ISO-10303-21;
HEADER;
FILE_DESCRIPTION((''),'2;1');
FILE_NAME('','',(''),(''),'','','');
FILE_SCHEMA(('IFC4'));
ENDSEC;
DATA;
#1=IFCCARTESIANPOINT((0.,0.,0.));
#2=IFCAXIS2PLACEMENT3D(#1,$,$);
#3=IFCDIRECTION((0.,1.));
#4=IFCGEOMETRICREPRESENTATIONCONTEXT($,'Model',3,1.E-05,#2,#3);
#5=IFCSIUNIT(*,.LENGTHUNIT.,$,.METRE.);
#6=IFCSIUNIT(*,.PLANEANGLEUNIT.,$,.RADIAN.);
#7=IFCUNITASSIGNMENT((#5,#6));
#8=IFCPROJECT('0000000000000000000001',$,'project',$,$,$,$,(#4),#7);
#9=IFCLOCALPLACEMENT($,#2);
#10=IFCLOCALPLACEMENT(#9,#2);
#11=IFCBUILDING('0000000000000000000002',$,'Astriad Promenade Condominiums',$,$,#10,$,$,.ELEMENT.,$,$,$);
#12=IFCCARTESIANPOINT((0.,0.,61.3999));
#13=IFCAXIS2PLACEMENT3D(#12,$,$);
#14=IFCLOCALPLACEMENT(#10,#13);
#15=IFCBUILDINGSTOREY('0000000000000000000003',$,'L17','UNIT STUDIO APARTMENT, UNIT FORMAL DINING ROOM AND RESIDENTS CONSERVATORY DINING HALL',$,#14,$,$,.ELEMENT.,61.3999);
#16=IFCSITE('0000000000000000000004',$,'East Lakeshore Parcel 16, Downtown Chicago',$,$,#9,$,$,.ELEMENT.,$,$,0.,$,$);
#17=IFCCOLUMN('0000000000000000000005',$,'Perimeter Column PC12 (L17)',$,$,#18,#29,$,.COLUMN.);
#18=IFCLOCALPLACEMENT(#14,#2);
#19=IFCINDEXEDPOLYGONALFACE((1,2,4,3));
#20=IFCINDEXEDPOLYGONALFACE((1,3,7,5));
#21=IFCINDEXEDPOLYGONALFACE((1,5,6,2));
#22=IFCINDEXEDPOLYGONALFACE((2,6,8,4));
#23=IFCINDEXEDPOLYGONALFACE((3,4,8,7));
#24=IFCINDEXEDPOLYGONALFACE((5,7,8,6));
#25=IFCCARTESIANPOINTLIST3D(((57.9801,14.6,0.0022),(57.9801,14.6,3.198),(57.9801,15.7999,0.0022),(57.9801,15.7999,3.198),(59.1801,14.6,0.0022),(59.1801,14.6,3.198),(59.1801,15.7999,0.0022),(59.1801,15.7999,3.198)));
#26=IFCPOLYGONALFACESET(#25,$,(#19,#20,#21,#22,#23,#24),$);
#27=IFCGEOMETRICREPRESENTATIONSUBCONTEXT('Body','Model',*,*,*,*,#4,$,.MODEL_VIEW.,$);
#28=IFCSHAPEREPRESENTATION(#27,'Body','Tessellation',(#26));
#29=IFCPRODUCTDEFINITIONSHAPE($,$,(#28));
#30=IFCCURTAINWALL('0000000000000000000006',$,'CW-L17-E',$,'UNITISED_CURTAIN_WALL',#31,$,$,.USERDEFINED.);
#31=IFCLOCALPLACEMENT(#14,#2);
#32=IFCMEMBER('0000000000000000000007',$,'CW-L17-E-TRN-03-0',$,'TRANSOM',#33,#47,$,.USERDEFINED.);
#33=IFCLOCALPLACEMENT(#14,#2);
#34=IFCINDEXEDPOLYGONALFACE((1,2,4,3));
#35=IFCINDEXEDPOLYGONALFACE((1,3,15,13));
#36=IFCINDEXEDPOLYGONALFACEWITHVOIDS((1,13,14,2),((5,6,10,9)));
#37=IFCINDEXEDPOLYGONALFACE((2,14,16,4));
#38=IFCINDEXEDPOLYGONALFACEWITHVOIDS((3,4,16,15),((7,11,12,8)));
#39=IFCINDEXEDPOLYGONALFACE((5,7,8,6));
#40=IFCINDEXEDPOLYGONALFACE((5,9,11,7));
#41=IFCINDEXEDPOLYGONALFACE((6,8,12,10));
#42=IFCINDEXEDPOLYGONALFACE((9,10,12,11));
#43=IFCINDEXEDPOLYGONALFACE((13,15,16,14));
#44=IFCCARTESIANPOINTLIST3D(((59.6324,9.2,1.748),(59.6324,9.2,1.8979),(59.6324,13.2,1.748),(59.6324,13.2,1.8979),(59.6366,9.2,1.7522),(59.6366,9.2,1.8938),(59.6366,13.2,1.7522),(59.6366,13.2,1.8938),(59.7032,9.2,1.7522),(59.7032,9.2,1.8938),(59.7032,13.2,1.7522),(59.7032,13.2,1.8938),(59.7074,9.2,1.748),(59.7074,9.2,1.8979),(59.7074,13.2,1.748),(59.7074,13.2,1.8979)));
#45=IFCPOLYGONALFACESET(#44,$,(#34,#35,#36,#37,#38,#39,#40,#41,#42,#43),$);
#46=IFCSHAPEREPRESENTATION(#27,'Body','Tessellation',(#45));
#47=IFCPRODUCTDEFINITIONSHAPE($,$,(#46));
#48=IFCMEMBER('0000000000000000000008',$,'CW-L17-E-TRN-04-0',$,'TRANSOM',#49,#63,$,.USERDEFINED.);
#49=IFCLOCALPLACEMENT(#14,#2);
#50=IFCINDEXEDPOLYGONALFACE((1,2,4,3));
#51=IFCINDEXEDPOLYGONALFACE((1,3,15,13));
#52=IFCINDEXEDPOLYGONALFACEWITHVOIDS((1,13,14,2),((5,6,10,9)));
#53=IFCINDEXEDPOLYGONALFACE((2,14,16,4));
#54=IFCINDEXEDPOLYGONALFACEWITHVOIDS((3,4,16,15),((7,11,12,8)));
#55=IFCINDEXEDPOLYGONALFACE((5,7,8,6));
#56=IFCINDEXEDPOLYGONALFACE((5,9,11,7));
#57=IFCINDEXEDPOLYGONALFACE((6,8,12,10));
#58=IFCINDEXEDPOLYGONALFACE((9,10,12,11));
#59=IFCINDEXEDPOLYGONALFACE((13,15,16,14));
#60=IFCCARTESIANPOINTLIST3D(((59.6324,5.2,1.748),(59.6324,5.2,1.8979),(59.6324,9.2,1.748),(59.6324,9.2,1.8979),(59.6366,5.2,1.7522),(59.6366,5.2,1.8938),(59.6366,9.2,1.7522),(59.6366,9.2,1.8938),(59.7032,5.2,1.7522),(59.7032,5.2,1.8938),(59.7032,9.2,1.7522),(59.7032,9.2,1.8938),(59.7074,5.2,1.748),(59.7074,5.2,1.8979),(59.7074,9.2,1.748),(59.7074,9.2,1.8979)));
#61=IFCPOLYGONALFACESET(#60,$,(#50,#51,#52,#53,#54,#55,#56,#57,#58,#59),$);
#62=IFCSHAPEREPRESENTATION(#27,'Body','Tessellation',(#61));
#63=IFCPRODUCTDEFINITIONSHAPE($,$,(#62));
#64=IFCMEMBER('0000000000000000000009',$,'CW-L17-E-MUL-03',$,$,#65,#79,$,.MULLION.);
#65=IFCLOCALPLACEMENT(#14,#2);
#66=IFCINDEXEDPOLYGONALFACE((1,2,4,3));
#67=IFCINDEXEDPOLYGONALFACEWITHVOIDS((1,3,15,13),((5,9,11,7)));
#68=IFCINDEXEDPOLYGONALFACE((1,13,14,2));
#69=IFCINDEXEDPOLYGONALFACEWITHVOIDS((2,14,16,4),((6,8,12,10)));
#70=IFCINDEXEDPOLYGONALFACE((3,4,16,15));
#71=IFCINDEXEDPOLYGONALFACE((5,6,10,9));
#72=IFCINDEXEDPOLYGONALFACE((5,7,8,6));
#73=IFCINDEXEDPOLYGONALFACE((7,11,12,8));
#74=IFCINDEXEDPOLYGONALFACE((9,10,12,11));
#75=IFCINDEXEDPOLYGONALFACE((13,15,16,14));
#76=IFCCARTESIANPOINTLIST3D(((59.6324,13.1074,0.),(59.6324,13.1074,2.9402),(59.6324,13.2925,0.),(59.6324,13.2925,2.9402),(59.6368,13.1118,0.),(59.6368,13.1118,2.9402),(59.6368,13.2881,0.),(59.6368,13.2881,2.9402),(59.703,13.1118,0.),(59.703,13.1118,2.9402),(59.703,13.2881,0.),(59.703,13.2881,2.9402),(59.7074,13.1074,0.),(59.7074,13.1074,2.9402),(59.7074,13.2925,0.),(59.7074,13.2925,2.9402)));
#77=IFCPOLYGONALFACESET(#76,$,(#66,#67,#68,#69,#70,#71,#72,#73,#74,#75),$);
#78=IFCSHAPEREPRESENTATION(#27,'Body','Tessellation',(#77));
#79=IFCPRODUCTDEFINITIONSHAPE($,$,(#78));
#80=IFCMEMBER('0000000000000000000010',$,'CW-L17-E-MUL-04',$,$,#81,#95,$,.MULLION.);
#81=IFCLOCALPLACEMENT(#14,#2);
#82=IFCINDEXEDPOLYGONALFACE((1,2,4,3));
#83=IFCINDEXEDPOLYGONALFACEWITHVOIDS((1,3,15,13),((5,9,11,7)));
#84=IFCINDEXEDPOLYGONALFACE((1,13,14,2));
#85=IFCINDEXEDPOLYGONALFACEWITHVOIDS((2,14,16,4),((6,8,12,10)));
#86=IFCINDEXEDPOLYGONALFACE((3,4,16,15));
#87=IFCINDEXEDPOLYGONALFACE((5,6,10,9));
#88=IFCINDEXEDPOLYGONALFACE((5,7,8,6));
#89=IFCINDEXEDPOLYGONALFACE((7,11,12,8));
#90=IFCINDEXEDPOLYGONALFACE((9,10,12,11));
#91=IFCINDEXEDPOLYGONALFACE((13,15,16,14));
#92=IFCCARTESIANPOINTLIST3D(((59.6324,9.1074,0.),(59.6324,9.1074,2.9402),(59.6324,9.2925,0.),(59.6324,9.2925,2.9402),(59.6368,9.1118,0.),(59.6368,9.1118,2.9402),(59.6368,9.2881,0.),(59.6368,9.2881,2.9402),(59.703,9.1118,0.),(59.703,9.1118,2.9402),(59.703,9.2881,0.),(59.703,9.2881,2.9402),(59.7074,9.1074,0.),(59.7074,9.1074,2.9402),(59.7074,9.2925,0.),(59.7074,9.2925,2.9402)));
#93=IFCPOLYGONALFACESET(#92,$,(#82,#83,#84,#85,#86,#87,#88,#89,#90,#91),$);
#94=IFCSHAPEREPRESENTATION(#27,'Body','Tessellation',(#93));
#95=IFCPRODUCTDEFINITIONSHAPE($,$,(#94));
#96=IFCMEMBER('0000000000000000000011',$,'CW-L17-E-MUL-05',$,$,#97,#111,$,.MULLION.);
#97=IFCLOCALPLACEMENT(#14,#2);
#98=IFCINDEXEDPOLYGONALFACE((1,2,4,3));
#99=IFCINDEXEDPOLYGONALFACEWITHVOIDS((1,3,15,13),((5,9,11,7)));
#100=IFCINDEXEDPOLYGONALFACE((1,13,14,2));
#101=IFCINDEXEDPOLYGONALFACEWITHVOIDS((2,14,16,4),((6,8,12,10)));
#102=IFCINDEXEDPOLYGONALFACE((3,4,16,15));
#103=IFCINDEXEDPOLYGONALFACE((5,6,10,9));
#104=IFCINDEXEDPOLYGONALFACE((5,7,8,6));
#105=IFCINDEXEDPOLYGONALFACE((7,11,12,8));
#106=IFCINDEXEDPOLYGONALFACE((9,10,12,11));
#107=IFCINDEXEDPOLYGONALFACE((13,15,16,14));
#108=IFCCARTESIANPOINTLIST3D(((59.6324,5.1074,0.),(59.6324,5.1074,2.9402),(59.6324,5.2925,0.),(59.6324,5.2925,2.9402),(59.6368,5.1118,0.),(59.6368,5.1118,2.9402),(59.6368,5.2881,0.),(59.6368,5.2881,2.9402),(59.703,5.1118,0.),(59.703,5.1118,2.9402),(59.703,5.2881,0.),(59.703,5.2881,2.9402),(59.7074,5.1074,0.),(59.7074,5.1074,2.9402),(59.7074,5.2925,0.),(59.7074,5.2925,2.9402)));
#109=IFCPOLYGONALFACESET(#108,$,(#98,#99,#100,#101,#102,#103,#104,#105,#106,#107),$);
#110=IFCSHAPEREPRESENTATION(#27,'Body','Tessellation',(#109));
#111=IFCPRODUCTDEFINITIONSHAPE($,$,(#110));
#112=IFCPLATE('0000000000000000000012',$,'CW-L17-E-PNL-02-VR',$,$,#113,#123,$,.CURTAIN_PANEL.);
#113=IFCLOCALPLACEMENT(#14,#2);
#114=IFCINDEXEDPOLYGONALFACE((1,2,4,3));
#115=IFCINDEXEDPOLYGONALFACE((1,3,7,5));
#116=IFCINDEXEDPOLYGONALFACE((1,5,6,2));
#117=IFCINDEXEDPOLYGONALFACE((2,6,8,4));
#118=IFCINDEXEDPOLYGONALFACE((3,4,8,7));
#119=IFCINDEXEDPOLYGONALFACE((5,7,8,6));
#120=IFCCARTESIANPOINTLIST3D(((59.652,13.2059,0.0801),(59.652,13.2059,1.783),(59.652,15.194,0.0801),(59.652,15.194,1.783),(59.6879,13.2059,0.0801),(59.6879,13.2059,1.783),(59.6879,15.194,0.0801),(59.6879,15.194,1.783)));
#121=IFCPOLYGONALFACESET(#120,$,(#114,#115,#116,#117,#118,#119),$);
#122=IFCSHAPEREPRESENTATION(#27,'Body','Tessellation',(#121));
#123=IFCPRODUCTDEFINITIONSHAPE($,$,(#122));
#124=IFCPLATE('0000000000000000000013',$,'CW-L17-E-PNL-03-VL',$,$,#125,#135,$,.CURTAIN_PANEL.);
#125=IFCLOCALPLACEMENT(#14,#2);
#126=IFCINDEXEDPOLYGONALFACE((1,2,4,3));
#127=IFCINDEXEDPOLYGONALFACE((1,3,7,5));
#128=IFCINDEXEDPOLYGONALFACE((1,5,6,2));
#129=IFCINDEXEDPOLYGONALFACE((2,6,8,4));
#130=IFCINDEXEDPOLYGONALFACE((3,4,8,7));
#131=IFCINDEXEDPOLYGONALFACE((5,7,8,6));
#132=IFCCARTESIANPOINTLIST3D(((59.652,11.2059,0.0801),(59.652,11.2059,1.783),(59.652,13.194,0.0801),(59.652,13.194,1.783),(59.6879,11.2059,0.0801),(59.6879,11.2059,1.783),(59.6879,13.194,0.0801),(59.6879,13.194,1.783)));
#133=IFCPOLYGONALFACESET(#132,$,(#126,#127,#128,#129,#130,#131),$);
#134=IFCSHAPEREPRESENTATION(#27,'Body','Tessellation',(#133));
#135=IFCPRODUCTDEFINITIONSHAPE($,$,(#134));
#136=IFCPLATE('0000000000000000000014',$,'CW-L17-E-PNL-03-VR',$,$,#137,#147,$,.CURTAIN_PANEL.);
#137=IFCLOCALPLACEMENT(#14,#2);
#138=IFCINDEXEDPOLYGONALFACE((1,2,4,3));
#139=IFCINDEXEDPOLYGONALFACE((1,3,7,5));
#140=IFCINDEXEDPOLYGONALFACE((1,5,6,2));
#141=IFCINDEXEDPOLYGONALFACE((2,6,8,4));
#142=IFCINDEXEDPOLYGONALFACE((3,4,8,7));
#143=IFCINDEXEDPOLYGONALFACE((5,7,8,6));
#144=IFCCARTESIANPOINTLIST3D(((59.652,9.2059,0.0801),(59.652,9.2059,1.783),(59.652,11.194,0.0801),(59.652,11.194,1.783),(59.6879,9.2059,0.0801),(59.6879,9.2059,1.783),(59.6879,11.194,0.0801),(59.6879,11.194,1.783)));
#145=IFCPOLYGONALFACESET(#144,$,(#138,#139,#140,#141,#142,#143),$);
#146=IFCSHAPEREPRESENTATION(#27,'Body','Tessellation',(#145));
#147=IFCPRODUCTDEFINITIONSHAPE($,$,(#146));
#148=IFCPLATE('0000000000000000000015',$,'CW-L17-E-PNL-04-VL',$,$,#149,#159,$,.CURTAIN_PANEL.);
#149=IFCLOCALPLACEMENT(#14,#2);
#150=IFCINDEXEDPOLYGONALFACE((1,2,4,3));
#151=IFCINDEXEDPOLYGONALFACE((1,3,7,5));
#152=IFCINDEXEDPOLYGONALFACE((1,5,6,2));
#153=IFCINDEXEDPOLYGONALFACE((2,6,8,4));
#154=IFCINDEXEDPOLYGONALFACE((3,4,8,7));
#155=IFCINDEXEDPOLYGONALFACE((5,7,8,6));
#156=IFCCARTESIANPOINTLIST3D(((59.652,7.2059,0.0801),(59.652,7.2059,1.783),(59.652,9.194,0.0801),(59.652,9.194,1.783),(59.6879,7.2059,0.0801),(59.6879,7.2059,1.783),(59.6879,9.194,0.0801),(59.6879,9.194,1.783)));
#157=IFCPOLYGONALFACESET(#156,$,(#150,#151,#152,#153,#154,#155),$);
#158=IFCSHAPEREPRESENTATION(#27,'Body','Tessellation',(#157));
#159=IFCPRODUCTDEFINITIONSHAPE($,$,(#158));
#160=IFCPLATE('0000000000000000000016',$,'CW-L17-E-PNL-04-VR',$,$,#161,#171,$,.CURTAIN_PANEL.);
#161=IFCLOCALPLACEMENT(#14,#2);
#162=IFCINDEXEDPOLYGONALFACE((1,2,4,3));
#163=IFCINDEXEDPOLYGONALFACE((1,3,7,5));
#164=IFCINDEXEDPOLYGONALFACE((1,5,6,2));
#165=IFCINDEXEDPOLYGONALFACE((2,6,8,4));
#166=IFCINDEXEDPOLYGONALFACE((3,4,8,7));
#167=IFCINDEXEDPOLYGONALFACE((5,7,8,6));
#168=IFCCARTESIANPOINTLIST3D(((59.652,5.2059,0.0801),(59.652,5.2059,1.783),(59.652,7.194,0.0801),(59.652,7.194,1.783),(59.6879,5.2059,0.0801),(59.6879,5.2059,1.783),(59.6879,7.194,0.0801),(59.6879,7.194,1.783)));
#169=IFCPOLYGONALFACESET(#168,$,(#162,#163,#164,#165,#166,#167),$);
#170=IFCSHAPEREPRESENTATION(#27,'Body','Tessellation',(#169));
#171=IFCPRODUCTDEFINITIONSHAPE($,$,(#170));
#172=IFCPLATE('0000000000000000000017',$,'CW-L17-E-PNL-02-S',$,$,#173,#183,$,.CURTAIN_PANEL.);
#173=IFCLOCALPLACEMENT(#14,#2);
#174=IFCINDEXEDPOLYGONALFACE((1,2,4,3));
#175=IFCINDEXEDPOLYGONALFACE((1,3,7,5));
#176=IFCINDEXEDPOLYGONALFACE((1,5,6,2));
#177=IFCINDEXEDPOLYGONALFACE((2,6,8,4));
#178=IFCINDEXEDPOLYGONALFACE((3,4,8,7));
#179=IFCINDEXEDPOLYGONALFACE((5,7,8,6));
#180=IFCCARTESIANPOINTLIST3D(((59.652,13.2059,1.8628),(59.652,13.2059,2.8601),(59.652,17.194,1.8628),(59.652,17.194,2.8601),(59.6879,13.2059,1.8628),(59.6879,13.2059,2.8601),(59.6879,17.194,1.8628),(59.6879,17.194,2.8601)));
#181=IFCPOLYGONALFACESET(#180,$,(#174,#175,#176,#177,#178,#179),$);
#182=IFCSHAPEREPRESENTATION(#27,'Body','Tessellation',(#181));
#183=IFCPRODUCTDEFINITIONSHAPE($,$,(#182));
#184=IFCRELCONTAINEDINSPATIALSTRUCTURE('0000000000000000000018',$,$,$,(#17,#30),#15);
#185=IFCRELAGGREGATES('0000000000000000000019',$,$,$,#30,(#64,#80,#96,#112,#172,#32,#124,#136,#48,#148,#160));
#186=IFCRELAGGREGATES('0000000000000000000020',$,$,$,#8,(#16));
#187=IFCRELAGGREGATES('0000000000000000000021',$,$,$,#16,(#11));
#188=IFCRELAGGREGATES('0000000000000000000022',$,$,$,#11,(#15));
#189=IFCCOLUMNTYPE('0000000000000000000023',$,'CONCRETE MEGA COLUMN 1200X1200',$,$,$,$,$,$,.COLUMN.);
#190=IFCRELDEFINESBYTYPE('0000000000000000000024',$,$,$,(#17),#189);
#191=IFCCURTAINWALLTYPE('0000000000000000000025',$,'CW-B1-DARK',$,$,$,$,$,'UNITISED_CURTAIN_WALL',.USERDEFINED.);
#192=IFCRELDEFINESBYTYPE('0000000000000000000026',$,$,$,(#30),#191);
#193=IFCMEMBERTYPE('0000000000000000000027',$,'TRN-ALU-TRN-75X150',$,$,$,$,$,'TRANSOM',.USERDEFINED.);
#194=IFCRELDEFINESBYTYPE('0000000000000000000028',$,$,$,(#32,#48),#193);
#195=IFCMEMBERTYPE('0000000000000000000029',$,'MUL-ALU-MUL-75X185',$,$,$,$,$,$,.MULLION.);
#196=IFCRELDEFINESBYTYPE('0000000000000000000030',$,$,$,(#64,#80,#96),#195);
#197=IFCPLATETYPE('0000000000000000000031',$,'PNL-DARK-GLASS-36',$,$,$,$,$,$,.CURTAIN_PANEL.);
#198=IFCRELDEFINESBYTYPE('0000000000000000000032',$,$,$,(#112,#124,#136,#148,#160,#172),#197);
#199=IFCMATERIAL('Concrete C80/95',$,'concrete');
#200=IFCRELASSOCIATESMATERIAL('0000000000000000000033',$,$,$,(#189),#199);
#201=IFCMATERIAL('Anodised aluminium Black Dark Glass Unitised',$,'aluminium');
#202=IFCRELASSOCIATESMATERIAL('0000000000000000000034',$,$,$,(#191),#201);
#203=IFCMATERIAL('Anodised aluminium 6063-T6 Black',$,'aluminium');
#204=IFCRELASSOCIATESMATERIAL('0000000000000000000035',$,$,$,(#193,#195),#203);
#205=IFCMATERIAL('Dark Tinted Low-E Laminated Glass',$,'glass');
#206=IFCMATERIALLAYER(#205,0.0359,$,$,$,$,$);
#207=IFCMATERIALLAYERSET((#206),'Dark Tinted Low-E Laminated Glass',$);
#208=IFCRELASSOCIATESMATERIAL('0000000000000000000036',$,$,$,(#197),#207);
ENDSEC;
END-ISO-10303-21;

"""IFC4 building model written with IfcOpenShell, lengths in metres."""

from ifc_helpers import new_model, si_unit, direction, frame, origin, origin_2d, place, context, subcontext, project, spatial, rectangle, hollow_rectangle, extrude, source, transform, mapped, material, layer, layer_set, material_profile, profile_set, type_object, type_shapes, element, aggregate, save


model = new_model("IFC4")

# Units and contexts
model_context = context("Model", 3, precision=1e-05, world=origin(), true_north=direction((0.0, 1.0)))
body_context = subcontext(model_context, "Body", "Model", "MODEL_VIEW")
ifc_project = project(units=[si_unit("LENGTHUNIT", "METRE"), si_unit("PLANEANGLEUNIT", "RADIAN")], contexts=[model_context])

# Site, building, storey
site_placement = place(None, origin())
site = spatial("IfcSite", under=ifc_project, at=site_placement, Name="East Lakeshore Parcel 16, Downtown Chicago", CompositionType="ELEMENT", RefElevation=0.0)
building_placement = place(site_placement, origin())
building = spatial("IfcBuilding", under=site, at=building_placement, Name="Astriad Promenade Condominiums", CompositionType="ELEMENT")
storey_placement = place(building_placement, frame((0.0, 0.0, 61.3999)))
storey = spatial("IfcBuildingStorey", under=building, at=storey_placement, Name="L17", Description="UNIT STUDIO APARTMENT, UNIT FORMAL DINING ROOM AND RESIDENTS CONSERVATORY DINING HALL", CompositionType="ELEMENT", Elevation=61.3999)

# Column
ifc_material_1 = material(Name="Concrete C80/95", Category="concrete")
ifc_material_profile_1 = material_profile(ifc_material_1, rectangle(XDim=1.2, YDim=1.2, at=origin_2d()), Name="RC-COL-1200X1200")
ifc_profile_set_1 = profile_set([ifc_material_profile_1], Name="Concrete C80/95")
column_type = type_object("IfcColumnType", Name="CONCRETE MEGA COLUMN 1200X1200", PredefinedType="COLUMN", material=ifc_profile_set_1)
shared_shape_1 = source(origin(), body_context, "Body", "SweptSolid", [
    extrude(rectangle(XDim=1.2, YDim=1.2, at=origin_2d()), origin(), (0.0, 0.0, 1.0), 3.1958),
])
type_shapes(column_type, [shared_shape_1])
column_placement = place(storey_placement, frame((58.5801, 15.2, 0.0022), z_axis=(0.0, 0.0, 1.0), x_axis=(1.0, 0.0, 0.0)))
element("IfcColumn", 1, at=column_placement, inside=storey, type_object=column_type, Name="Perimeter Column PC12 (L17)", PredefinedType="COLUMN", context=body_context, shape_type="MappedRepresentation", body=[
    mapped(shared_shape_1, transform((0.0, 0.0, 0.0), scale=1.0)),
])

# Curtain wall, members, plates
ifc_material_2 = material(Name="Anodised aluminium Black Dark Glass Unitised", Category="aluminium")
curtain_wall_type = type_object("IfcCurtainWallType", Name="CW-B1-DARK", ElementType="UNITISED_CURTAIN_WALL", PredefinedType="USERDEFINED", material=ifc_material_2)
curtain_wall_placement = place(storey_placement, origin())
curtain_wall = element("IfcCurtainWall", 2, at=curtain_wall_placement, inside=storey, type_object=curtain_wall_type, Name="CW-L17-E", ObjectType="UNITISED_CURTAIN_WALL", PredefinedType="USERDEFINED")
ifc_material_3 = material(Name="Anodised aluminium 6063-T6 Black", Category="aluminium")
ifc_material_profile_2 = material_profile(ifc_material_3, hollow_rectangle(XDim=0.075, YDim=0.1499, WallThickness=0.0042, at=origin_2d()), Name="ALU-TRN-75X150")
ifc_profile_set_2 = profile_set([ifc_material_profile_2], Name="Anodised aluminium 6063-T6 Black")
member_type_1 = type_object("IfcMemberType", Name="TRN-ALU-TRN-75X150", ElementType="TRANSOM", PredefinedType="USERDEFINED", material=ifc_profile_set_2)
shared_shape_2 = source(origin(), body_context, "Body", "SweptSolid", [
    extrude(hollow_rectangle(XDim=0.075, YDim=0.1499, WallThickness=0.0042, at=origin_2d()), origin(), (0.0, 0.0, 1.0), 4.0),
])
type_shapes(member_type_1, [shared_shape_2])
member_1_placement = place(storey_placement, frame((59.6699, 13.2, 1.823), z_axis=(0.0, -1.0, 0.0), x_axis=(1.0, 0.0, 0.0)))
member_1 = element("IfcMember", 3, at=member_1_placement, type_object=member_type_1, Name="CW-L17-E-TRN-03-0", ObjectType="TRANSOM", PredefinedType="USERDEFINED", context=body_context, shape_type="MappedRepresentation", body=[
    mapped(shared_shape_2, transform((0.0, 0.0, 0.0), scale=1.0)),
])
member_2_placement = place(storey_placement, frame((59.6699, 9.2, 1.823), z_axis=(0.0, -1.0, 0.0), x_axis=(1.0, 0.0, 0.0)))
member_2 = element("IfcMember", 4, at=member_2_placement, type_object=member_type_1, Name="CW-L17-E-TRN-04-0", ObjectType="TRANSOM", PredefinedType="USERDEFINED", context=body_context, shape_type="MappedRepresentation", body=[
    mapped(shared_shape_2, transform((0.0, 0.0, 0.0), scale=1.0)),
])
ifc_material_profile_3 = material_profile(ifc_material_3, hollow_rectangle(XDim=0.075, YDim=0.1851, WallThickness=0.0044, at=origin_2d()), Name="ALU-MUL-75X185")
ifc_profile_set_3 = profile_set([ifc_material_profile_3], Name="Anodised aluminium 6063-T6 Black")
member_type_2 = type_object("IfcMemberType", Name="MUL-ALU-MUL-75X185", PredefinedType="MULLION", material=ifc_profile_set_3)
shared_shape_3 = source(origin(), body_context, "Body", "SweptSolid", [
    extrude(hollow_rectangle(XDim=0.075, YDim=0.1851, WallThickness=0.0044, at=origin_2d()), origin(), (0.0, 0.0, 1.0), 2.9402),
])
type_shapes(member_type_2, [shared_shape_3])
member_3_placement = place(storey_placement, frame((59.6699, 13.2, 0.0), z_axis=(0.0, 0.0, 1.0), x_axis=(1.0, 0.0, 0.0)))
member_3 = element("IfcMember", 5, at=member_3_placement, type_object=member_type_2, Name="CW-L17-E-MUL-03", PredefinedType="MULLION", context=body_context, shape_type="MappedRepresentation", body=[
    mapped(shared_shape_3, transform((0.0, 0.0, 0.0), scale=1.0)),
])
member_4_placement = place(storey_placement, frame((59.6699, 9.2, 0.0), z_axis=(0.0, 0.0, 1.0), x_axis=(1.0, 0.0, 0.0)))
member_4 = element("IfcMember", 6, at=member_4_placement, type_object=member_type_2, Name="CW-L17-E-MUL-04", PredefinedType="MULLION", context=body_context, shape_type="MappedRepresentation", body=[
    mapped(shared_shape_3, transform((0.0, 0.0, 0.0), scale=1.0)),
])
member_5_placement = place(storey_placement, frame((59.6699, 5.2, 0.0), z_axis=(0.0, 0.0, 1.0), x_axis=(1.0, 0.0, 0.0)))
member_5 = element("IfcMember", 7, at=member_5_placement, type_object=member_type_2, Name="CW-L17-E-MUL-05", PredefinedType="MULLION", context=body_context, shape_type="MappedRepresentation", body=[
    mapped(shared_shape_3, transform((0.0, 0.0, 0.0), scale=1.0)),
])
ifc_material_4 = material(Name="Dark Tinted Low-E Laminated Glass", Category="glass")
ifc_layer_1 = layer(ifc_material_4, 0.0359)
ifc_layer_set_1 = layer_set([ifc_layer_1], Name="Dark Tinted Low-E Laminated Glass")
plate_type = type_object("IfcPlateType", Name="PNL-DARK-GLASS-36", PredefinedType="CURTAIN_PANEL", material=ifc_layer_set_1)
shared_shape_4 = source(origin(), body_context, "Body", "SweptSolid", [
    extrude(rectangle(XDim=1.988, YDim=0.0359, at=origin_2d()), origin(), (0.0, 0.0, 1.0), 1.7029),
])
plate_1_placement = place(storey_placement, frame((59.6699, 14.2, 0.0801), z_axis=(0.0, 0.0, 1.0), x_axis=(0.0, -1.0, 0.0)))
plate_1 = element("IfcPlate", 8, at=plate_1_placement, type_object=plate_type, Name="CW-L17-E-PNL-02-VR", PredefinedType="CURTAIN_PANEL", context=body_context, shape_type="MappedRepresentation", body=[
    mapped(shared_shape_4, transform((0.0, 0.0, 0.0), scale=1.0)),
])
plate_2_placement = place(storey_placement, frame((59.6699, 12.2, 0.0801), z_axis=(0.0, 0.0, 1.0), x_axis=(0.0, -1.0, 0.0)))
plate_2 = element("IfcPlate", 9, at=plate_2_placement, type_object=plate_type, Name="CW-L17-E-PNL-03-VL", PredefinedType="CURTAIN_PANEL", context=body_context, shape_type="MappedRepresentation", body=[
    mapped(shared_shape_4, transform((0.0, 0.0, 0.0), scale=1.0)),
])
plate_3_placement = place(storey_placement, frame((59.6699, 10.2, 0.0801), z_axis=(0.0, 0.0, 1.0), x_axis=(0.0, -1.0, 0.0)))
plate_3 = element("IfcPlate", 10, at=plate_3_placement, type_object=plate_type, Name="CW-L17-E-PNL-03-VR", PredefinedType="CURTAIN_PANEL", context=body_context, shape_type="MappedRepresentation", body=[
    mapped(shared_shape_4, transform((0.0, 0.0, 0.0), scale=1.0)),
])
plate_4_placement = place(storey_placement, frame((59.6699, 8.2, 0.0801), z_axis=(0.0, 0.0, 1.0), x_axis=(0.0, -1.0, 0.0)))
plate_4 = element("IfcPlate", 11, at=plate_4_placement, type_object=plate_type, Name="CW-L17-E-PNL-04-VL", PredefinedType="CURTAIN_PANEL", context=body_context, shape_type="MappedRepresentation", body=[
    mapped(shared_shape_4, transform((0.0, 0.0, 0.0), scale=1.0)),
])
plate_5_placement = place(storey_placement, frame((59.6699, 6.2, 0.0801), z_axis=(0.0, 0.0, 1.0), x_axis=(0.0, -1.0, 0.0)))
plate_5 = element("IfcPlate", 12, at=plate_5_placement, type_object=plate_type, Name="CW-L17-E-PNL-04-VR", PredefinedType="CURTAIN_PANEL", context=body_context, shape_type="MappedRepresentation", body=[
    mapped(shared_shape_4, transform((0.0, 0.0, 0.0), scale=1.0)),
])
shared_shape_5 = source(origin(), body_context, "Body", "SweptSolid", [
    extrude(rectangle(XDim=3.988, YDim=0.0359, at=origin_2d()), origin(), (0.0, 0.0, 1.0), 0.9973),
])
type_shapes(plate_type, [shared_shape_4, shared_shape_5])
plate_6_placement = place(storey_placement, frame((59.6699, 15.2, 1.8628), z_axis=(0.0, 0.0, 1.0), x_axis=(0.0, -1.0, 0.0)))
plate_6 = element("IfcPlate", 13, at=plate_6_placement, type_object=plate_type, Name="CW-L17-E-PNL-02-S", PredefinedType="CURTAIN_PANEL", context=body_context, shape_type="MappedRepresentation", body=[
    mapped(shared_shape_5, transform((0.0, 0.0, 0.0), scale=1.0)),
])
aggregate(curtain_wall, [member_3, member_4, member_5, plate_1, plate_6, member_1, plate_2, plate_3, member_2, plate_4, plate_5])

save(model, "model.ifc")
